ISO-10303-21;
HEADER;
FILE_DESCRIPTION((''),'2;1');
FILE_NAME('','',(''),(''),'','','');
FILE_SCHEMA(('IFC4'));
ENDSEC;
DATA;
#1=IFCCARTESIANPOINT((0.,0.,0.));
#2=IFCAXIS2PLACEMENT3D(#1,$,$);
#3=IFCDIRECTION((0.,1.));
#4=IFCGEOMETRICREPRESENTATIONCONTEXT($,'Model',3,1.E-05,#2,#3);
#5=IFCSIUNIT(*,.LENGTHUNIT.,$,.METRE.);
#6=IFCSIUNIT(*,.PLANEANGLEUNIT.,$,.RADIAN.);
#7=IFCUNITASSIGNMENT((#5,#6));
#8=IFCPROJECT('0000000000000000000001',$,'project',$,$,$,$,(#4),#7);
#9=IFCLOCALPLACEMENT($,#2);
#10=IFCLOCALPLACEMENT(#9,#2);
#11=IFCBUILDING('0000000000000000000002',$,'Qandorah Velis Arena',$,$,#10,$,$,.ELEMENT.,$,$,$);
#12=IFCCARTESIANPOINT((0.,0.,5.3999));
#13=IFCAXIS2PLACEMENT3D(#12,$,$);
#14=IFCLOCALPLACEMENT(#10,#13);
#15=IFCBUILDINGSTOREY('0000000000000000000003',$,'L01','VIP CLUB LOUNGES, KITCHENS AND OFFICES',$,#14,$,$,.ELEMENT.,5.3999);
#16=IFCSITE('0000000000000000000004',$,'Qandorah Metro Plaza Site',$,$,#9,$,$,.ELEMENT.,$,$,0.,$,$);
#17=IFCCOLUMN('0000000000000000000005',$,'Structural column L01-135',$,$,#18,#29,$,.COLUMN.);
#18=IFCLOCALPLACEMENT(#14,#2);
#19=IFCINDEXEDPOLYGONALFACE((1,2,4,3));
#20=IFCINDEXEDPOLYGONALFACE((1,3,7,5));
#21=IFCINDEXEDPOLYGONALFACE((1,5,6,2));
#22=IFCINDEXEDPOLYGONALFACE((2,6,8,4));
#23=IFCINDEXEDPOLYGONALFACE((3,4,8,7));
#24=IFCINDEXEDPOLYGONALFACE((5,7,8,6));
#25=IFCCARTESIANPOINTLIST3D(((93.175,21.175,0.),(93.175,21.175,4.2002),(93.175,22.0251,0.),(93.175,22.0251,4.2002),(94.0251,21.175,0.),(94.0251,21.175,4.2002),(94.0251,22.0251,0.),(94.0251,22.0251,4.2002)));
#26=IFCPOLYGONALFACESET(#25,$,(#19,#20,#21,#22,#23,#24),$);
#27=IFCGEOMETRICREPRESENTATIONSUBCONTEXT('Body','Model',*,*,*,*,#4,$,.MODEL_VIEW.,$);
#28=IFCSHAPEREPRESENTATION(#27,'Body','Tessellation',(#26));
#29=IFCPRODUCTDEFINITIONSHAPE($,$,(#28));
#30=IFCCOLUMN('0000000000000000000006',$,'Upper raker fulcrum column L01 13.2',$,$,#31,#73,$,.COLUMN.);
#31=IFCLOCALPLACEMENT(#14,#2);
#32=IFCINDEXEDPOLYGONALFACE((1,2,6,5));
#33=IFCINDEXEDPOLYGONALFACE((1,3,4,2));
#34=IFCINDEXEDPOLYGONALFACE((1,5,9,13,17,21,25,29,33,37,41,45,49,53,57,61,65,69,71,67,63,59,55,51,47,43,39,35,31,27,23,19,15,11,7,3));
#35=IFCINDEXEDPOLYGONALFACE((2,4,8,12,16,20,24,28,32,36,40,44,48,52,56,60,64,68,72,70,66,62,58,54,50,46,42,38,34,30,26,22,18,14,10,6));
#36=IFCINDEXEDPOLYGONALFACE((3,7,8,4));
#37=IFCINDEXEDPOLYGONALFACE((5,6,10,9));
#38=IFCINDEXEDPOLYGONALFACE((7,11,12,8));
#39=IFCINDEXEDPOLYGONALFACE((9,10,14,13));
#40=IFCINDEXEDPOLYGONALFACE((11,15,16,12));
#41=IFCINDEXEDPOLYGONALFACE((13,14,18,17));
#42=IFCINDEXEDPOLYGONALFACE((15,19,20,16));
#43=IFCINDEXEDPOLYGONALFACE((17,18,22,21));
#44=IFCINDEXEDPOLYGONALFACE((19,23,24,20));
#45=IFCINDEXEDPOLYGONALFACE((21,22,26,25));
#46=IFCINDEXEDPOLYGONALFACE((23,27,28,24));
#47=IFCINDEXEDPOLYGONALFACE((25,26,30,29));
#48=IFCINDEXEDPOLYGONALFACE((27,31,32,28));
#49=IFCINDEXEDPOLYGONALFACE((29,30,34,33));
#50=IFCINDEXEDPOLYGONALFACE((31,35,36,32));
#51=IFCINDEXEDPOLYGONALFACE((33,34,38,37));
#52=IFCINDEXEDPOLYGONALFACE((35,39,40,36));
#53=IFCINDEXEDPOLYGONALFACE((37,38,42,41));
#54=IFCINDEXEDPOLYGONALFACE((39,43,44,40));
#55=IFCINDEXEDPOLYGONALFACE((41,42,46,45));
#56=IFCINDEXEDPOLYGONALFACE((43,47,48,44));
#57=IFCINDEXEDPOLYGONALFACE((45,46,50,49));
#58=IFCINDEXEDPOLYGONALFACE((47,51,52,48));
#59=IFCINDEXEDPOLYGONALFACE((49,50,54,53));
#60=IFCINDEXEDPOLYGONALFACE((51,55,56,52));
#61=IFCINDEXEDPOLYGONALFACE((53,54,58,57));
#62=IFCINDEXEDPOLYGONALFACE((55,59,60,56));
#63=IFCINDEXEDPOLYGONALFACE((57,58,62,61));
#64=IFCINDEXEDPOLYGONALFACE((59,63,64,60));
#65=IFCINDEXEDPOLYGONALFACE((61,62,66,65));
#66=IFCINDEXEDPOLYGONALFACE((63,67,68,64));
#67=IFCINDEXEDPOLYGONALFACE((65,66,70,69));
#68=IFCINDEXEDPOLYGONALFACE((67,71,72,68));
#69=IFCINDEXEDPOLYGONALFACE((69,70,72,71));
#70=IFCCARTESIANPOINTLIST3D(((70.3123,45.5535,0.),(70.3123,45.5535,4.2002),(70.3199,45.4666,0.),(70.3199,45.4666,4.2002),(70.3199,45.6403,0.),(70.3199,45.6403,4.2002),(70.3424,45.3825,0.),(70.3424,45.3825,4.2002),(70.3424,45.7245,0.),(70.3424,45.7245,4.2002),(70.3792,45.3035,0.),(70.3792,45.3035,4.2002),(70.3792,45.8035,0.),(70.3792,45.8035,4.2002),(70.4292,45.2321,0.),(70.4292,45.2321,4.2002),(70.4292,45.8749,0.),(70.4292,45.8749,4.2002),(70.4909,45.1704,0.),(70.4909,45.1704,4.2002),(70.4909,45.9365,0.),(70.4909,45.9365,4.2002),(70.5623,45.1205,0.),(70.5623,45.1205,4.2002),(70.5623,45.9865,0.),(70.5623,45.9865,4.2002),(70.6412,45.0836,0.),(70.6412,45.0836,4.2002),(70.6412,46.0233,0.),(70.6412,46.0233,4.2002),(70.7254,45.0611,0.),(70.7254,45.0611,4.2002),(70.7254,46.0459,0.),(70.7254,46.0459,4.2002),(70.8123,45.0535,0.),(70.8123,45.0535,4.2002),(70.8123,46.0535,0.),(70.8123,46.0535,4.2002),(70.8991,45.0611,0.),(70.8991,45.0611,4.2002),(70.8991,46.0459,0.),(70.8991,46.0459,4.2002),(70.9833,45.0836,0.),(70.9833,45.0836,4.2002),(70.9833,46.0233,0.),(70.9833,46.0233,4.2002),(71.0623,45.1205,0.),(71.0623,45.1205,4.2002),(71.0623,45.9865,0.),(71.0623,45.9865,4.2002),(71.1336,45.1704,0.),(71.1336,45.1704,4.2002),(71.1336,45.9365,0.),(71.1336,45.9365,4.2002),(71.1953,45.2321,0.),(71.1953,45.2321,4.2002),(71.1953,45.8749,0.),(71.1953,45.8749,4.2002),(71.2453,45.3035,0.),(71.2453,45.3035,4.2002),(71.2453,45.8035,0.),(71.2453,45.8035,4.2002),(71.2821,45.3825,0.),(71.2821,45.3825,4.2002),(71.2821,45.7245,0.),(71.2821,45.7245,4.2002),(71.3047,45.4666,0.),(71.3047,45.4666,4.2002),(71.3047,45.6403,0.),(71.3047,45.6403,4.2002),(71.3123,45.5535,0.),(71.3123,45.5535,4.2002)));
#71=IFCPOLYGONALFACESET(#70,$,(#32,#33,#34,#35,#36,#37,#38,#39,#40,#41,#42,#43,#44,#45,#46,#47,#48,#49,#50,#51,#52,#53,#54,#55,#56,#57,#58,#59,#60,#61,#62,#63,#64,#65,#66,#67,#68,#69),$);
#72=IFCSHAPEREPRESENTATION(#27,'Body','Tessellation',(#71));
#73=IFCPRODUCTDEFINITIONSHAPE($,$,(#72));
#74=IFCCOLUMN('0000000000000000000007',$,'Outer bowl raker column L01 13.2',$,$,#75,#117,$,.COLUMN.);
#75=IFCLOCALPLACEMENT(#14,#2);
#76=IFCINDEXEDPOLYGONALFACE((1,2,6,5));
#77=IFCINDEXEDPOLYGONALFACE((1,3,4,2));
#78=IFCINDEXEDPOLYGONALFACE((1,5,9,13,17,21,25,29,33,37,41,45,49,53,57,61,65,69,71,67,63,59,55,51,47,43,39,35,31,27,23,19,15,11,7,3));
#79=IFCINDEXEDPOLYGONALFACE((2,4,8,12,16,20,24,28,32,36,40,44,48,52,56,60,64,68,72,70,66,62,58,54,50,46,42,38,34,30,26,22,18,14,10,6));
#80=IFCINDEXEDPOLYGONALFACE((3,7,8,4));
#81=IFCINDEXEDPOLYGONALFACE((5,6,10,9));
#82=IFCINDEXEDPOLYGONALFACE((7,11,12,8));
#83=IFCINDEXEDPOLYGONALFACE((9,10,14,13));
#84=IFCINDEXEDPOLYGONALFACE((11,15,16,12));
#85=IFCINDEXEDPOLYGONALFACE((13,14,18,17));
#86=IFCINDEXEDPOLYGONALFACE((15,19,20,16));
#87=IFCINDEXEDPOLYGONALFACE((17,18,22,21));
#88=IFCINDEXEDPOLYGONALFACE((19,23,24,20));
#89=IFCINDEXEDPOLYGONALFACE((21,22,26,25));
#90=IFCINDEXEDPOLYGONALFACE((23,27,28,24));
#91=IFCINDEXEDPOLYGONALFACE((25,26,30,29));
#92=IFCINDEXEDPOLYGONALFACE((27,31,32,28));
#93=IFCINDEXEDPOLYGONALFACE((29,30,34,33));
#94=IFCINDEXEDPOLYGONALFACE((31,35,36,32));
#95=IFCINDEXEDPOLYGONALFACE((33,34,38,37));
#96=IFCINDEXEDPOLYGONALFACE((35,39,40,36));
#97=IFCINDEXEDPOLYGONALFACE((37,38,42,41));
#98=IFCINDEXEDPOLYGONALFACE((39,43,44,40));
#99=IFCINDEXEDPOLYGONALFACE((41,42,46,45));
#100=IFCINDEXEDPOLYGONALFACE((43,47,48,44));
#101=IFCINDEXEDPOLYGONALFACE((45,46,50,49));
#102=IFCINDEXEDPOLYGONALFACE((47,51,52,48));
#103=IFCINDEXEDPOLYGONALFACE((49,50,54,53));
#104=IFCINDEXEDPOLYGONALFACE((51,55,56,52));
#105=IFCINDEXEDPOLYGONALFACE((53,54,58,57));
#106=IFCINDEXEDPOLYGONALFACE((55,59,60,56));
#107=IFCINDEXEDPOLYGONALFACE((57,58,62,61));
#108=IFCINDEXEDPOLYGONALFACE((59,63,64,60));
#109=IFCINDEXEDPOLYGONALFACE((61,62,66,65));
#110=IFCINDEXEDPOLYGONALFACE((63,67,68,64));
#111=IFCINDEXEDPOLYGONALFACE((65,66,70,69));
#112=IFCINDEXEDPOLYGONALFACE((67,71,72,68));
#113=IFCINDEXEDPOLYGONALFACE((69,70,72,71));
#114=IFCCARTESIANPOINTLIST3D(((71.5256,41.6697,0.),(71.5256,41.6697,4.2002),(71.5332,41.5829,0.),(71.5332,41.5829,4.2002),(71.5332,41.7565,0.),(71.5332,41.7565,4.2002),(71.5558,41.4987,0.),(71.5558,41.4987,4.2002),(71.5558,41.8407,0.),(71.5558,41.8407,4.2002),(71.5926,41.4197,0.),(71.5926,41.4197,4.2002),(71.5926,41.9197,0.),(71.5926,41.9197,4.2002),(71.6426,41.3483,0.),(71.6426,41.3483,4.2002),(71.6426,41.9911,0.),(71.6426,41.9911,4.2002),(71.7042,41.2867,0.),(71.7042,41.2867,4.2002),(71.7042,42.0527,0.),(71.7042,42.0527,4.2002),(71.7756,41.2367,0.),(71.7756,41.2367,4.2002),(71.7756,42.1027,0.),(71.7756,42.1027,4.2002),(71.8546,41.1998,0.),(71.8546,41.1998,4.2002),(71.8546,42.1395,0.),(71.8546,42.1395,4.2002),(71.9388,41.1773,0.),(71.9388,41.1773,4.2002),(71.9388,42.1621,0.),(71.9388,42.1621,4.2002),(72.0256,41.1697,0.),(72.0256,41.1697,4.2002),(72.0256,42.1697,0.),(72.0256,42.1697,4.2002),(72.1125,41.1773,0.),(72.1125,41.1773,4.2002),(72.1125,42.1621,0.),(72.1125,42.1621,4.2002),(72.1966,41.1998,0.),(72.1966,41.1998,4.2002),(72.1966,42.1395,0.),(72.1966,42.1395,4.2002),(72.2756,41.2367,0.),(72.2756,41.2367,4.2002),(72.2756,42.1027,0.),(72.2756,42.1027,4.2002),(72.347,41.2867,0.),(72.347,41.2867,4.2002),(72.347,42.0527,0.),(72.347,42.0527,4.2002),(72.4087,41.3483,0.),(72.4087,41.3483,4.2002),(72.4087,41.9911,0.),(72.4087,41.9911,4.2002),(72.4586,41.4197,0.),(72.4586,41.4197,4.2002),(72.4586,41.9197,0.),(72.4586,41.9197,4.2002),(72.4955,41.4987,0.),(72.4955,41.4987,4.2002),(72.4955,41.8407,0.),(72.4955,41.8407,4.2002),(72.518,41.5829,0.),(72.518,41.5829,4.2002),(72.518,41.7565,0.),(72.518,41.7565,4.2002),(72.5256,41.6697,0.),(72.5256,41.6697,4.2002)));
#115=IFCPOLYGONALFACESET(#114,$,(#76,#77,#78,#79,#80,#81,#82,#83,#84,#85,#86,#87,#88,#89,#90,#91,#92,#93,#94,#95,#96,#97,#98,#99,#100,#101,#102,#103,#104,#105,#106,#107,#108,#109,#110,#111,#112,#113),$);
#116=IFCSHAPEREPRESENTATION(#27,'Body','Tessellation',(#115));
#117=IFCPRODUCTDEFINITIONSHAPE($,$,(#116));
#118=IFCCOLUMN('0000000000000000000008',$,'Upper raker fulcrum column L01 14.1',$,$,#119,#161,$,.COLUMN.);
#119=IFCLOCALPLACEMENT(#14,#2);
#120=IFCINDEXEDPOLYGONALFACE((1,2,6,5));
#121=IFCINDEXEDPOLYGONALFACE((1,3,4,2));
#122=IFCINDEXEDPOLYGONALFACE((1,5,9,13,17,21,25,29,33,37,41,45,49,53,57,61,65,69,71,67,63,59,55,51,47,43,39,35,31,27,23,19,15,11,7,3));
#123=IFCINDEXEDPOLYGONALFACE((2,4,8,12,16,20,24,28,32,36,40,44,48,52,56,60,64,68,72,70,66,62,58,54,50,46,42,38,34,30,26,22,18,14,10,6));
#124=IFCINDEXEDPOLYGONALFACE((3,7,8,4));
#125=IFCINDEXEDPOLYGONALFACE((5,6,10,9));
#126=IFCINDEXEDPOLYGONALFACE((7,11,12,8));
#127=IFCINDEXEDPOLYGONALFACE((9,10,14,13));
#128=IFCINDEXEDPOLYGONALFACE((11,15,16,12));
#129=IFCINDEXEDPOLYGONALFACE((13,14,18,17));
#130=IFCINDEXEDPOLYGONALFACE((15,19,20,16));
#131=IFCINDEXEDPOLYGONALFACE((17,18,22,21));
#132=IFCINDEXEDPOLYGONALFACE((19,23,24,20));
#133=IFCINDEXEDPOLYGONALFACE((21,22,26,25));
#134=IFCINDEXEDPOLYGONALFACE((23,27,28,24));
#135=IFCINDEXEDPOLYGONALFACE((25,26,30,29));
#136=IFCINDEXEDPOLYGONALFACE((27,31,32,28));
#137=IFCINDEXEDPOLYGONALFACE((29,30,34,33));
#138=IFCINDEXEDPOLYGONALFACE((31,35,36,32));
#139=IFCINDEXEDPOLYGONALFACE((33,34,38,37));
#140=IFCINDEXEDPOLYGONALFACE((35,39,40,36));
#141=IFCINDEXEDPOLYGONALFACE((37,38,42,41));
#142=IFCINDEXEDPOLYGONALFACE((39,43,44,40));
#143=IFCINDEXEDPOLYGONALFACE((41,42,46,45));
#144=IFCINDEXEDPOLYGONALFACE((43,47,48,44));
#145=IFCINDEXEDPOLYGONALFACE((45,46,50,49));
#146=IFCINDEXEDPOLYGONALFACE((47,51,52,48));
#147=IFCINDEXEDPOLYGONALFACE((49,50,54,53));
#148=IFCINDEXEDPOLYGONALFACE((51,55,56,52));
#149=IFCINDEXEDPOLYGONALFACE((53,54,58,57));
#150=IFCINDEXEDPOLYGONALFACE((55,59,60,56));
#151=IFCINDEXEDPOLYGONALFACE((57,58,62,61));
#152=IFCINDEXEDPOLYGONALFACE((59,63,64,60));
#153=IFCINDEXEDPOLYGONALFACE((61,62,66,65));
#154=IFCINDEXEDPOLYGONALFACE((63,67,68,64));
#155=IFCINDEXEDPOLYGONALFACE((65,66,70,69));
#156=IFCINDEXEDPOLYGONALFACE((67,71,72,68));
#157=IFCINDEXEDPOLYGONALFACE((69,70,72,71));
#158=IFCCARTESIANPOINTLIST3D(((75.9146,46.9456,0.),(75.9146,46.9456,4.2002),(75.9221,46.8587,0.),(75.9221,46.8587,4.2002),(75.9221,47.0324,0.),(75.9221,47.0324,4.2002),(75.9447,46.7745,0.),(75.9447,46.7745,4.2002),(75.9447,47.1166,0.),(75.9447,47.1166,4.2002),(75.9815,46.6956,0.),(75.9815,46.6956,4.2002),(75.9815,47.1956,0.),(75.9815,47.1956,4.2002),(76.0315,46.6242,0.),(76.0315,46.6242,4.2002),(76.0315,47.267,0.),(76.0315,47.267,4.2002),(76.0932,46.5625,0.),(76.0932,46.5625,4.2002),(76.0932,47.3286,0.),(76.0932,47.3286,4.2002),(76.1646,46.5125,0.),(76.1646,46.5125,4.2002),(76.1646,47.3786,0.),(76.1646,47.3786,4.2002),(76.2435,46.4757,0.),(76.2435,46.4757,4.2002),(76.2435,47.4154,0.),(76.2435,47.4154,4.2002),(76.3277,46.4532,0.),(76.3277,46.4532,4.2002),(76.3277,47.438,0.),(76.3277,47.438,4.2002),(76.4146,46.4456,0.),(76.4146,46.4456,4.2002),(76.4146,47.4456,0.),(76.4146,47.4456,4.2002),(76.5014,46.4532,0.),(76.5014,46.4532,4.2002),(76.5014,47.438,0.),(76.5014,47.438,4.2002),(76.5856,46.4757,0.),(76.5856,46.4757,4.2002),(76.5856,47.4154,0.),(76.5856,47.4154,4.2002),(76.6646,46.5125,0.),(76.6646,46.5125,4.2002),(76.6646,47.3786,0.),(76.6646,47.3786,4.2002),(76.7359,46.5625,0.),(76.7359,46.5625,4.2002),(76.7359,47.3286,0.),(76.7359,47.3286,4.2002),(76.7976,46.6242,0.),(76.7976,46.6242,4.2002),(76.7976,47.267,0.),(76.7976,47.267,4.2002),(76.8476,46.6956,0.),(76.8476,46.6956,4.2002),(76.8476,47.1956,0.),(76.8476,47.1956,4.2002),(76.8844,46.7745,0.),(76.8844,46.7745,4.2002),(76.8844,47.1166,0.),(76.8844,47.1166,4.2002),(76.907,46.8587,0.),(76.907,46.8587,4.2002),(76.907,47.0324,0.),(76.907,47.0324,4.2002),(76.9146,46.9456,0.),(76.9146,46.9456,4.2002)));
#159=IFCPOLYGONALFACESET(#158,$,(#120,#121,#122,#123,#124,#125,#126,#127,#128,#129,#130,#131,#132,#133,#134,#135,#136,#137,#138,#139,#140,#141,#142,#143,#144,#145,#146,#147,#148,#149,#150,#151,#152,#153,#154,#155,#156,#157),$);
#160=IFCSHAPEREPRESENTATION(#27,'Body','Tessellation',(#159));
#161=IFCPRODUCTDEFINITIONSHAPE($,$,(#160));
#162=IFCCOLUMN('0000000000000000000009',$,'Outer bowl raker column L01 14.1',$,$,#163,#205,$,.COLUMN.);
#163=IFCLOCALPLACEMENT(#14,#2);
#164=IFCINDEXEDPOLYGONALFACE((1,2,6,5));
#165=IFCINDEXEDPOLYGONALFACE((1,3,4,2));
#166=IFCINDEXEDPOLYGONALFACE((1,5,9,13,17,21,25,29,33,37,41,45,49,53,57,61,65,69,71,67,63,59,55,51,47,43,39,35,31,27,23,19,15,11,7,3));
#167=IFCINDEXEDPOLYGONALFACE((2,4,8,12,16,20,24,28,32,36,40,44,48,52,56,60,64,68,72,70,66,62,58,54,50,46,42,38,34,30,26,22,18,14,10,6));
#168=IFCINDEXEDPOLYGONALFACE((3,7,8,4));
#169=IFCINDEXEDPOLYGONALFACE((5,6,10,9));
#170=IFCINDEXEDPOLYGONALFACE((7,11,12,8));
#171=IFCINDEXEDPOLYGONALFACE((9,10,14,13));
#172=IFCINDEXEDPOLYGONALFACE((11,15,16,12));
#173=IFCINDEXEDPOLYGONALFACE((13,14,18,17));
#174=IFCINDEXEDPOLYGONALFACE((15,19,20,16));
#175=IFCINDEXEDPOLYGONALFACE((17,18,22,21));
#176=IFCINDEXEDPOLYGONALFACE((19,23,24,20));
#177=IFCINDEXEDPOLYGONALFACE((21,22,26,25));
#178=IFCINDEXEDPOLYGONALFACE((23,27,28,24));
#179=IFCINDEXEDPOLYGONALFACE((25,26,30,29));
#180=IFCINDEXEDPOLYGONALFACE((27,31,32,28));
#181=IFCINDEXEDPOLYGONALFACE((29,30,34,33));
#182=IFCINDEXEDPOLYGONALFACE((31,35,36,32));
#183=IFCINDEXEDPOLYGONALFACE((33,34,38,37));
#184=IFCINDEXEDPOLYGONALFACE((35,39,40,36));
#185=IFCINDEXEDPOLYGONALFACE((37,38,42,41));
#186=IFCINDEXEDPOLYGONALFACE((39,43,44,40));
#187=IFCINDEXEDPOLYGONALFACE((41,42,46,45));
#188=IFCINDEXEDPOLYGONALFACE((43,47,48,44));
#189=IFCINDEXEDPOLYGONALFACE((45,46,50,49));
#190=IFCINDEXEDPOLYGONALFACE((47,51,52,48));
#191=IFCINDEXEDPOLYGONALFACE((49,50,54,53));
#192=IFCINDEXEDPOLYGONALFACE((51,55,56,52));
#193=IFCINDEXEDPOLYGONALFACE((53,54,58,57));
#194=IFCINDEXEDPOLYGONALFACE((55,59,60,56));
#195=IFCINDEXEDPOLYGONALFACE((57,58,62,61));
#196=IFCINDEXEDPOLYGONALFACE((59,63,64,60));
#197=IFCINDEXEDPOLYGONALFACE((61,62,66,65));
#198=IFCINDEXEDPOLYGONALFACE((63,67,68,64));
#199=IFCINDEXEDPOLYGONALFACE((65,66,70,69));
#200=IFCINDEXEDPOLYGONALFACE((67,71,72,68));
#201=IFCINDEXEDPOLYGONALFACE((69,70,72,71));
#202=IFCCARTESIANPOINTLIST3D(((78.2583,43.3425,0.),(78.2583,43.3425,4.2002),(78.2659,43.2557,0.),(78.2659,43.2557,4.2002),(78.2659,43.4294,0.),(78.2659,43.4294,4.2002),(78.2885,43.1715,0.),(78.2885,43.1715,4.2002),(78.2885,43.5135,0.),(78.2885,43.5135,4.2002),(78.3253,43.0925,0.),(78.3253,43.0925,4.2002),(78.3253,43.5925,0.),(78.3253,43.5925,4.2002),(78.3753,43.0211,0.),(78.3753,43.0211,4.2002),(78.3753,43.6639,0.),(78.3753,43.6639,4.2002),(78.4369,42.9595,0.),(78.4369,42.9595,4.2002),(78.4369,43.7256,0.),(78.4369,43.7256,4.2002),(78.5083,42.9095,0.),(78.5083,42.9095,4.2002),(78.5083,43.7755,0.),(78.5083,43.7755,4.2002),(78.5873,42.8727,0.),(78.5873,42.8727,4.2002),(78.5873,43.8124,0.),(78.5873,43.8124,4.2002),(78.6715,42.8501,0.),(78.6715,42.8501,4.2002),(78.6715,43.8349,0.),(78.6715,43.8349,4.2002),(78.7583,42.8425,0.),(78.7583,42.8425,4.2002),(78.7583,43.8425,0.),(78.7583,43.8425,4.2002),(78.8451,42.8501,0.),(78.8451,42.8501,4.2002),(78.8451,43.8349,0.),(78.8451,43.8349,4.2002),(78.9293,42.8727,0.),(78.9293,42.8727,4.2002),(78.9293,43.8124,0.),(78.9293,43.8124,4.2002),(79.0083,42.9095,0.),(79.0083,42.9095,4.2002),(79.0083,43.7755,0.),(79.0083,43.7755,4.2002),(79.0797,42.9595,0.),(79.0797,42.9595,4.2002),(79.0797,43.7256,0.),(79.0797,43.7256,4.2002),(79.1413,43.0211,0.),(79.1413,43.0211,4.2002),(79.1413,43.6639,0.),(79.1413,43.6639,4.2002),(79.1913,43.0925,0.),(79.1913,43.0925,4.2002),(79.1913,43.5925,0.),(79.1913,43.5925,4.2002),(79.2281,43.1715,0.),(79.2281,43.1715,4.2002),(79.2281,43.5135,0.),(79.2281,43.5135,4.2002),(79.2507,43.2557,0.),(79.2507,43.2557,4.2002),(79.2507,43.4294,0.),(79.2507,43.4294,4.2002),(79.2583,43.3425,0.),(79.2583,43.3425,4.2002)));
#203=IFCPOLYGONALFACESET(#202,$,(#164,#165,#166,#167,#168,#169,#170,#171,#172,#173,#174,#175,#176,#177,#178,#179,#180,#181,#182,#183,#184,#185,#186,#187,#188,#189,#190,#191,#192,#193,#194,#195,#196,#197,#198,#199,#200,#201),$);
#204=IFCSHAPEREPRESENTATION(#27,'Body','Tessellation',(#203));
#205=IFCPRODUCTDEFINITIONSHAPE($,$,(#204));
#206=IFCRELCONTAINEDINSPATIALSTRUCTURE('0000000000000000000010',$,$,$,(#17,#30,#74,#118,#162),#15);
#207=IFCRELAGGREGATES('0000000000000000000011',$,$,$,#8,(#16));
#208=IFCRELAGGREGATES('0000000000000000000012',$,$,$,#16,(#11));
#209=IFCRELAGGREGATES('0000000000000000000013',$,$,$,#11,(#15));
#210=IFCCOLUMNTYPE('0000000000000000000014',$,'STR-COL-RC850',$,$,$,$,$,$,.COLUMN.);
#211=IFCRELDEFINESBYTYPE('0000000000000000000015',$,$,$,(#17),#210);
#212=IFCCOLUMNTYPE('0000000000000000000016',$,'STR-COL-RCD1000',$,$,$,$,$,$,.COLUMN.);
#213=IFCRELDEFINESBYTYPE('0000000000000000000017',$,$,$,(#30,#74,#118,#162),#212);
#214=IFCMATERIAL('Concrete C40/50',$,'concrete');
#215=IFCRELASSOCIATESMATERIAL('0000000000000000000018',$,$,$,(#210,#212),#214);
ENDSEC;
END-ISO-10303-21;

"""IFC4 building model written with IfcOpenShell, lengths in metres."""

from ifc_helpers import new_model, si_unit, direction, frame, origin, origin_2d, place, context, subcontext, project, spatial, rectangle, circle, extrude, material, material_profile, profile_set, type_object, element, save


model = new_model("IFC4")

# Units and contexts
model_context = context("Model", 3, precision=1e-05, world=origin(), true_north=direction((0.0, 1.0)))
body_context = subcontext(model_context, "Body", "Model", "MODEL_VIEW")
ifc_project = project(units=[si_unit("LENGTHUNIT", "METRE"), si_unit("PLANEANGLEUNIT", "RADIAN")], contexts=[model_context])

# Site, building, storey
site_placement = place(None, origin())
site = spatial("IfcSite", under=ifc_project, at=site_placement, Name="Qandorah Metro Plaza Site", CompositionType="ELEMENT", RefElevation=0.0)
building_placement = place(site_placement, origin())
building = spatial("IfcBuilding", under=site, at=building_placement, Name="Qandorah Velis Arena", CompositionType="ELEMENT")
storey_placement = place(building_placement, frame((0.0, 0.0, 5.3999)))
storey = spatial("IfcBuildingStorey", under=building, at=storey_placement, Name="L01", Description="VIP CLUB LOUNGES, KITCHENS AND OFFICES", CompositionType="ELEMENT", Elevation=5.3999)

# Columns
ifc_material_1 = material(Name="Concrete C40/50", Category="concrete")
ifc_material_profile_1 = material_profile(ifc_material_1, rectangle(XDim=0.8501, YDim=0.8501, at=origin_2d()), Name="RC COL 850x850")
ifc_profile_set_1 = profile_set([ifc_material_profile_1], Name="Concrete C40/50")
column_type_1 = type_object("IfcColumnType", Name="STR-COL-RC850", PredefinedType="COLUMN", material=ifc_profile_set_1)
column_1_placement = place(storey_placement, frame((93.6001, 21.6001, 0.0), z_axis=(0.0, 0.0, 1.0), x_axis=(1.0, 0.0, 0.0)))
element("IfcColumn", 1, at=column_1_placement, inside=storey, type_object=column_type_1, Name="Structural column L01-135", PredefinedType="COLUMN", context=body_context, shape_type="SweptSolid", body=[
    extrude(rectangle(XDim=0.8501, YDim=0.8501, at=origin_2d()), origin(), (0.0, 0.0, 1.0), 4.2002),
])
ifc_material_profile_2 = material_profile(ifc_material_1, circle(Radius=0.5, at=origin_2d()), Name="RC D1000")
ifc_profile_set_2 = profile_set([ifc_material_profile_2], Name="Concrete C40/50")
column_type_2 = type_object("IfcColumnType", Name="STR-COL-RCD1000", PredefinedType="COLUMN", material=ifc_profile_set_2)
for number, where, z_axis, x_axis, name in (
    (2, (70.8123, 45.5535, 0.0), (0.0, 0.0, 1.0), (1.0, 0.0, 0.0), "Upper raker fulcrum column L01 13.2"),
    (3, (72.0256, 41.6697, 0.0), (0.0, 0.0, 1.0), (1.0, 0.0, 0.0), "Outer bowl raker column L01 13.2"),
    (4, (76.4146, 46.9456, 0.0), (0.0, 0.0, 1.0), (1.0, 0.0, 0.0), "Upper raker fulcrum column L01 14.1"),
    (5, (78.7583, 43.3425, 0.0), (0.0, 0.0, 1.0), (1.0, 0.0, 0.0), "Outer bowl raker column L01 14.1"),
):
    element("IfcColumn", number, at=place(storey_placement, frame(where, z_axis=z_axis, x_axis=x_axis)), inside=storey, type_object=column_type_2, Name=name, PredefinedType="COLUMN", context=body_context, shape_type="SweptSolid", body=[
        extrude(circle(Radius=0.5, at=origin_2d()), origin(), (0.0, 0.0, 1.0), 4.2002),
    ])

save(model, "model.ifc")
